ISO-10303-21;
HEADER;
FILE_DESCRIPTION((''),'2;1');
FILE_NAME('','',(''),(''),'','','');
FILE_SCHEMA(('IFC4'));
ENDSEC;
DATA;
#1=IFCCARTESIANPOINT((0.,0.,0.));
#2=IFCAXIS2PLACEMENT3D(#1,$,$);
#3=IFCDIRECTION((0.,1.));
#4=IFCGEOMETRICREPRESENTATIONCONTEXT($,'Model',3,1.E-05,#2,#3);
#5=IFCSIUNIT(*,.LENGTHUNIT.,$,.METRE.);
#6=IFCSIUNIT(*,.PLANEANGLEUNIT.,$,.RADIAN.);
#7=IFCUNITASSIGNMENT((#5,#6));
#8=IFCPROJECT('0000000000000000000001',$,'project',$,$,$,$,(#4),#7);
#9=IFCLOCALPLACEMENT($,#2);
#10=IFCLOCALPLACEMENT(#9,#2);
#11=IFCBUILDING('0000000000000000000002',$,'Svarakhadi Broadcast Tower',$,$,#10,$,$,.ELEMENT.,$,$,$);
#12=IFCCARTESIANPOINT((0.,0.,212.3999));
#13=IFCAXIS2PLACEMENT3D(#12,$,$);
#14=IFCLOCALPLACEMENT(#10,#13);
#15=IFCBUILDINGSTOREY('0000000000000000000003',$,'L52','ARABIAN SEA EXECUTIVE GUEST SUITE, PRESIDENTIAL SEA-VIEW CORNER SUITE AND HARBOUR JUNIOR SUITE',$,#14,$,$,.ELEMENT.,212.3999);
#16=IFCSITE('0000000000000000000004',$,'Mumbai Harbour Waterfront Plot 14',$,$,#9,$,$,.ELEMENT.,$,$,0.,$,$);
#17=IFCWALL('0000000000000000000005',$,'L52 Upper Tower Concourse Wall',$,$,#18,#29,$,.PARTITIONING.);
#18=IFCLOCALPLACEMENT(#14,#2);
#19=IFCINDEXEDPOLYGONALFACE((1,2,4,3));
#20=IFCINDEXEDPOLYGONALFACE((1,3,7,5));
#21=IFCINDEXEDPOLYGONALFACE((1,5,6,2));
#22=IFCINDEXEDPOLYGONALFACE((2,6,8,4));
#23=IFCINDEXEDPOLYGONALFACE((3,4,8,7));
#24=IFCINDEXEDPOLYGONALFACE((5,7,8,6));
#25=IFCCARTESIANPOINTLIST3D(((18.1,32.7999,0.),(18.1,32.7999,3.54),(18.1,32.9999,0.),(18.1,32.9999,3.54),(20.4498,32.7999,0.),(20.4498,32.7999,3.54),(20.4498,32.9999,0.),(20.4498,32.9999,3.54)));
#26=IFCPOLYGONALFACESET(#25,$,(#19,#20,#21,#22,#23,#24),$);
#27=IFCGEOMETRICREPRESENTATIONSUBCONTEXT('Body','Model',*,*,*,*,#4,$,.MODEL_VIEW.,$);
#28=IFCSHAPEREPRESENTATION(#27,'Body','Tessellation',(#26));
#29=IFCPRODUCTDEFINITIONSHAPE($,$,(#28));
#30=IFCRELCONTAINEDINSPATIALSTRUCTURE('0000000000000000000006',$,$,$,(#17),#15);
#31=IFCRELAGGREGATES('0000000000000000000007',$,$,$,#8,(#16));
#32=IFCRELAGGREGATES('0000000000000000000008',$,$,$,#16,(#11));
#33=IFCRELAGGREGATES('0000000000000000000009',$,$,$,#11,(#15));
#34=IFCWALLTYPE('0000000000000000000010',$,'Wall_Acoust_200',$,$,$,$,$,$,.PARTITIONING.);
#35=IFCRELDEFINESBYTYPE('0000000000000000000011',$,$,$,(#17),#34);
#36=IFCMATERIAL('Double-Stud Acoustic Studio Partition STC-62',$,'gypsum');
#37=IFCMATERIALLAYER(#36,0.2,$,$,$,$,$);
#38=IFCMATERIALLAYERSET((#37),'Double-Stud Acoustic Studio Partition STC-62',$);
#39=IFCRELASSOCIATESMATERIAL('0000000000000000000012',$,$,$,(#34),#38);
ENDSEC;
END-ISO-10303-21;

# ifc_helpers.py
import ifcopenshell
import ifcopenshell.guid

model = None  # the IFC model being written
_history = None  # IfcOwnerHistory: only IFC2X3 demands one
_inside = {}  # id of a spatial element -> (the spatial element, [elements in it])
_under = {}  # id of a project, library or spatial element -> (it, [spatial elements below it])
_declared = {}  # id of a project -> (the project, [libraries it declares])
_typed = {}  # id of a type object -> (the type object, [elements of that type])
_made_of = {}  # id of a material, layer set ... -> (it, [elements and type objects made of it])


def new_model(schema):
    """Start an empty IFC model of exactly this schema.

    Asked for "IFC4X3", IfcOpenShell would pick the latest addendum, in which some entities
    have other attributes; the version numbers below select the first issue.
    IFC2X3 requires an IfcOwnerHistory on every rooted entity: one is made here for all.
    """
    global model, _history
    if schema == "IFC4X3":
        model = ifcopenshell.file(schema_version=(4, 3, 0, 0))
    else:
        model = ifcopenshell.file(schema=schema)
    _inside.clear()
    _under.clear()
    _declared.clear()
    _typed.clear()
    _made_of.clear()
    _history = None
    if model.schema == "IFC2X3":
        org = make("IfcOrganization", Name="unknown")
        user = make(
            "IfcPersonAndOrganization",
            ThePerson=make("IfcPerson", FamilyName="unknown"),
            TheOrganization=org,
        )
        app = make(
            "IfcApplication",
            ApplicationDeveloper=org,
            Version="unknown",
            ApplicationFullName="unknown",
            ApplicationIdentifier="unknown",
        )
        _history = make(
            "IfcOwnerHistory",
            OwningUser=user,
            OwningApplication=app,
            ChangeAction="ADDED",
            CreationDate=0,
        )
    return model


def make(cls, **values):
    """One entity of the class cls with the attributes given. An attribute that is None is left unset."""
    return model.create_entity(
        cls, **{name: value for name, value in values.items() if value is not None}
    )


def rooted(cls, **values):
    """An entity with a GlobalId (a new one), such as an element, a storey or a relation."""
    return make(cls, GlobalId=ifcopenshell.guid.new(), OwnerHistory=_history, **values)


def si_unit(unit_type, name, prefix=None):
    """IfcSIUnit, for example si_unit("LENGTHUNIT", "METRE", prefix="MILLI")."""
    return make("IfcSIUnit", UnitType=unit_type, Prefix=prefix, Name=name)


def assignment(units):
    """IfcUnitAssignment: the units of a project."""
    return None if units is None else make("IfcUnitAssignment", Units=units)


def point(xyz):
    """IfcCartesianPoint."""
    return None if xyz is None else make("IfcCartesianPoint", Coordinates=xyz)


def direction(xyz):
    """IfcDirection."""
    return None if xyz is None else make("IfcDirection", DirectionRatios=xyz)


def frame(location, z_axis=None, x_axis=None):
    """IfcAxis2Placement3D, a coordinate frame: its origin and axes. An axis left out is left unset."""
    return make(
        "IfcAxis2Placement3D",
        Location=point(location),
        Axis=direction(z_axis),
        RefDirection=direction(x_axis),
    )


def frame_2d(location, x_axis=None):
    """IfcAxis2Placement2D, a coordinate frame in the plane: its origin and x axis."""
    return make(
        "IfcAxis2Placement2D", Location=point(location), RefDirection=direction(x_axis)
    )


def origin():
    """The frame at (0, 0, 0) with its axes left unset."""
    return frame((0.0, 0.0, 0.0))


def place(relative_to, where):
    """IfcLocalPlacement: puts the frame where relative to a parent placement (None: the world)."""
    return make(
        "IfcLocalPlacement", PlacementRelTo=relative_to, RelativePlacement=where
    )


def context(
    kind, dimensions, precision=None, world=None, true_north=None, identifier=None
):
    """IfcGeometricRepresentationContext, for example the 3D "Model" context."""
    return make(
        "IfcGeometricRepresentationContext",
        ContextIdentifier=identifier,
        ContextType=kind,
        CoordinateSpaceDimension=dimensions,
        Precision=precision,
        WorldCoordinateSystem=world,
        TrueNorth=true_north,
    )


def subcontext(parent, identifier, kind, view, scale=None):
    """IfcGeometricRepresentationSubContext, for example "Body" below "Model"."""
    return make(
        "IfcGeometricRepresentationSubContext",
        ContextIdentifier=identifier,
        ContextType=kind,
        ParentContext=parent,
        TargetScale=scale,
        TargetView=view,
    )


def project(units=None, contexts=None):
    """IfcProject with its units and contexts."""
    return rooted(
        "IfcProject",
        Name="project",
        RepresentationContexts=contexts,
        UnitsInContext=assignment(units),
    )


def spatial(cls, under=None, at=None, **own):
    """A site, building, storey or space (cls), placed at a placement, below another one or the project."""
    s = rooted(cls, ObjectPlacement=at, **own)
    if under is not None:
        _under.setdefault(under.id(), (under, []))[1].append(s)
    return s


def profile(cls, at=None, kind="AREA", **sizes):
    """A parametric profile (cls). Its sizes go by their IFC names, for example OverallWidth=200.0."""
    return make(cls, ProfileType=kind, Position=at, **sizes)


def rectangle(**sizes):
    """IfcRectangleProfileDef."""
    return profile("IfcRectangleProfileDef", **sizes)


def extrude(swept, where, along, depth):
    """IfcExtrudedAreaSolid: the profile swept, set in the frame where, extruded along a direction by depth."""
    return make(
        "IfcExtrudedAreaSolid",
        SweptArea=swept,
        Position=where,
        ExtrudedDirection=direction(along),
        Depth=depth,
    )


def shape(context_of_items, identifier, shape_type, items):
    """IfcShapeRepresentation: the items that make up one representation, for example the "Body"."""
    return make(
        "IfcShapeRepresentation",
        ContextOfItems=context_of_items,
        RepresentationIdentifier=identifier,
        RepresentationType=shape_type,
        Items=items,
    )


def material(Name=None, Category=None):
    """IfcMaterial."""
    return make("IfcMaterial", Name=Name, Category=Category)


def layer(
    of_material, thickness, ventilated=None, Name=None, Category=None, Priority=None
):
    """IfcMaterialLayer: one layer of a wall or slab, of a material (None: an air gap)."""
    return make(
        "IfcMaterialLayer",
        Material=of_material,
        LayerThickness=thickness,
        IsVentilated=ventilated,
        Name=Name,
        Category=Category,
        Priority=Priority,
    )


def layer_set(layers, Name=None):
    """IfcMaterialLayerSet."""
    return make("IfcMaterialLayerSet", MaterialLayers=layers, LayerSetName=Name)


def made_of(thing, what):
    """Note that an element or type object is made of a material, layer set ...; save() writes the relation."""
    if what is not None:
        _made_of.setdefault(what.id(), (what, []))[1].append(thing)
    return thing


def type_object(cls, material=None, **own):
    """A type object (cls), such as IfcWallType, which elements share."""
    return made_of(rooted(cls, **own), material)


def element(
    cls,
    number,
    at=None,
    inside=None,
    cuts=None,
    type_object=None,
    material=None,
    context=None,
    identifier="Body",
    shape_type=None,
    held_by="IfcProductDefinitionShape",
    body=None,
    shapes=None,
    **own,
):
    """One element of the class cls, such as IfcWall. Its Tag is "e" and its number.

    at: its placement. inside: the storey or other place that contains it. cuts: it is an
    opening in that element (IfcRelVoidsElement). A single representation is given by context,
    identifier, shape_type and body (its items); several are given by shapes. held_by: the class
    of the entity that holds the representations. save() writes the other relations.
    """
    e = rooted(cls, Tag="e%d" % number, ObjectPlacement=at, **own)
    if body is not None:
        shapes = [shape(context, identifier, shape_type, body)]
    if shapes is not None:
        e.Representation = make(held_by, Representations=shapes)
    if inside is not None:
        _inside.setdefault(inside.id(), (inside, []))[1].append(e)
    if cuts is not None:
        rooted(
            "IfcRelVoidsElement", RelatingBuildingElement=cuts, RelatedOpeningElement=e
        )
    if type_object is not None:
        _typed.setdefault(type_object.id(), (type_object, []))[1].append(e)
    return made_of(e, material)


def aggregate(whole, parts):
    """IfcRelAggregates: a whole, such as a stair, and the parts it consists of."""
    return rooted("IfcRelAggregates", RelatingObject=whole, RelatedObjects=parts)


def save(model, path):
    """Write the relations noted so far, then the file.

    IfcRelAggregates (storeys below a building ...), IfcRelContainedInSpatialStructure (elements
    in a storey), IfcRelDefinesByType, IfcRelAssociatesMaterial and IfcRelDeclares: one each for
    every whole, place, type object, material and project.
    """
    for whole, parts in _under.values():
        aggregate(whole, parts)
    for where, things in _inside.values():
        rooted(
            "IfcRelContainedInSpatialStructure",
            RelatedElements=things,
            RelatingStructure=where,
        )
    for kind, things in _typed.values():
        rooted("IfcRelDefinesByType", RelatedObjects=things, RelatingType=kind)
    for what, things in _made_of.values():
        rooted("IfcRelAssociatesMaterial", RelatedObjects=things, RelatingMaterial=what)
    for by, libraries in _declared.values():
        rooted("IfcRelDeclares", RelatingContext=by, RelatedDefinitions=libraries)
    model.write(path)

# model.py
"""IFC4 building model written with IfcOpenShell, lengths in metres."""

from ifc_helpers import new_model, si_unit, direction, frame, frame_2d, origin, place, context, subcontext, project, spatial, rectangle, extrude, material, layer, layer_set, type_object, element, save


model = new_model("IFC4")

# Units and contexts
model_context = context("Model", 3, precision=1e-05, world=origin(), true_north=direction((0.0, 1.0)))
body_context = subcontext(model_context, "Body", "Model", "MODEL_VIEW")
ifc_project = project(units=[si_unit("LENGTHUNIT", "METRE"), si_unit("PLANEANGLEUNIT", "RADIAN")], contexts=[model_context])

# Site, building, storey
site_placement = place(None, origin())
site = spatial("IfcSite", under=ifc_project, at=site_placement, Name="Mumbai Harbour Waterfront Plot 14", CompositionType="ELEMENT", RefElevation=0.0)
building_placement = place(site_placement, origin())
building = spatial("IfcBuilding", under=site, at=building_placement, Name="Svarakhadi Broadcast Tower", CompositionType="ELEMENT")
storey_placement = place(building_placement, frame((0.0, 0.0, 212.3999)))
storey = spatial("IfcBuildingStorey", under=building, at=storey_placement, Name="L52", Description="ARABIAN SEA EXECUTIVE GUEST SUITE, PRESIDENTIAL SEA-VIEW CORNER SUITE AND HARBOUR JUNIOR SUITE", CompositionType="ELEMENT", Elevation=212.3999)

# Wall
ifc_material_1 = material(Name="Double-Stud Acoustic Studio Partition STC-62", Category="gypsum")
ifc_layer_1 = layer(ifc_material_1, 0.2)
ifc_layer_set_1 = layer_set([ifc_layer_1], Name="Double-Stud Acoustic Studio Partition STC-62")
wall_type = type_object("IfcWallType", Name="Wall_Acoust_200", PredefinedType="PARTITIONING", material=ifc_layer_set_1)
wall_placement = place(storey_placement, frame((18.1001, 32.8999, 0.0), z_axis=(0.0, 0.0, 1.0), x_axis=(1.0, 0.0, 0.0)))
element("IfcWall", 1, at=wall_placement, inside=storey, type_object=wall_type, Name="L52 Upper Tower Concourse Wall", PredefinedType="PARTITIONING", context=body_context, shape_type="SweptSolid", body=[
    extrude(rectangle(XDim=2.3499, YDim=0.2, at=frame_2d((1.1748, 0.0))), origin(), (0.0, 0.0, 1.0), 3.54),
])

save(model, "model.ifc")
